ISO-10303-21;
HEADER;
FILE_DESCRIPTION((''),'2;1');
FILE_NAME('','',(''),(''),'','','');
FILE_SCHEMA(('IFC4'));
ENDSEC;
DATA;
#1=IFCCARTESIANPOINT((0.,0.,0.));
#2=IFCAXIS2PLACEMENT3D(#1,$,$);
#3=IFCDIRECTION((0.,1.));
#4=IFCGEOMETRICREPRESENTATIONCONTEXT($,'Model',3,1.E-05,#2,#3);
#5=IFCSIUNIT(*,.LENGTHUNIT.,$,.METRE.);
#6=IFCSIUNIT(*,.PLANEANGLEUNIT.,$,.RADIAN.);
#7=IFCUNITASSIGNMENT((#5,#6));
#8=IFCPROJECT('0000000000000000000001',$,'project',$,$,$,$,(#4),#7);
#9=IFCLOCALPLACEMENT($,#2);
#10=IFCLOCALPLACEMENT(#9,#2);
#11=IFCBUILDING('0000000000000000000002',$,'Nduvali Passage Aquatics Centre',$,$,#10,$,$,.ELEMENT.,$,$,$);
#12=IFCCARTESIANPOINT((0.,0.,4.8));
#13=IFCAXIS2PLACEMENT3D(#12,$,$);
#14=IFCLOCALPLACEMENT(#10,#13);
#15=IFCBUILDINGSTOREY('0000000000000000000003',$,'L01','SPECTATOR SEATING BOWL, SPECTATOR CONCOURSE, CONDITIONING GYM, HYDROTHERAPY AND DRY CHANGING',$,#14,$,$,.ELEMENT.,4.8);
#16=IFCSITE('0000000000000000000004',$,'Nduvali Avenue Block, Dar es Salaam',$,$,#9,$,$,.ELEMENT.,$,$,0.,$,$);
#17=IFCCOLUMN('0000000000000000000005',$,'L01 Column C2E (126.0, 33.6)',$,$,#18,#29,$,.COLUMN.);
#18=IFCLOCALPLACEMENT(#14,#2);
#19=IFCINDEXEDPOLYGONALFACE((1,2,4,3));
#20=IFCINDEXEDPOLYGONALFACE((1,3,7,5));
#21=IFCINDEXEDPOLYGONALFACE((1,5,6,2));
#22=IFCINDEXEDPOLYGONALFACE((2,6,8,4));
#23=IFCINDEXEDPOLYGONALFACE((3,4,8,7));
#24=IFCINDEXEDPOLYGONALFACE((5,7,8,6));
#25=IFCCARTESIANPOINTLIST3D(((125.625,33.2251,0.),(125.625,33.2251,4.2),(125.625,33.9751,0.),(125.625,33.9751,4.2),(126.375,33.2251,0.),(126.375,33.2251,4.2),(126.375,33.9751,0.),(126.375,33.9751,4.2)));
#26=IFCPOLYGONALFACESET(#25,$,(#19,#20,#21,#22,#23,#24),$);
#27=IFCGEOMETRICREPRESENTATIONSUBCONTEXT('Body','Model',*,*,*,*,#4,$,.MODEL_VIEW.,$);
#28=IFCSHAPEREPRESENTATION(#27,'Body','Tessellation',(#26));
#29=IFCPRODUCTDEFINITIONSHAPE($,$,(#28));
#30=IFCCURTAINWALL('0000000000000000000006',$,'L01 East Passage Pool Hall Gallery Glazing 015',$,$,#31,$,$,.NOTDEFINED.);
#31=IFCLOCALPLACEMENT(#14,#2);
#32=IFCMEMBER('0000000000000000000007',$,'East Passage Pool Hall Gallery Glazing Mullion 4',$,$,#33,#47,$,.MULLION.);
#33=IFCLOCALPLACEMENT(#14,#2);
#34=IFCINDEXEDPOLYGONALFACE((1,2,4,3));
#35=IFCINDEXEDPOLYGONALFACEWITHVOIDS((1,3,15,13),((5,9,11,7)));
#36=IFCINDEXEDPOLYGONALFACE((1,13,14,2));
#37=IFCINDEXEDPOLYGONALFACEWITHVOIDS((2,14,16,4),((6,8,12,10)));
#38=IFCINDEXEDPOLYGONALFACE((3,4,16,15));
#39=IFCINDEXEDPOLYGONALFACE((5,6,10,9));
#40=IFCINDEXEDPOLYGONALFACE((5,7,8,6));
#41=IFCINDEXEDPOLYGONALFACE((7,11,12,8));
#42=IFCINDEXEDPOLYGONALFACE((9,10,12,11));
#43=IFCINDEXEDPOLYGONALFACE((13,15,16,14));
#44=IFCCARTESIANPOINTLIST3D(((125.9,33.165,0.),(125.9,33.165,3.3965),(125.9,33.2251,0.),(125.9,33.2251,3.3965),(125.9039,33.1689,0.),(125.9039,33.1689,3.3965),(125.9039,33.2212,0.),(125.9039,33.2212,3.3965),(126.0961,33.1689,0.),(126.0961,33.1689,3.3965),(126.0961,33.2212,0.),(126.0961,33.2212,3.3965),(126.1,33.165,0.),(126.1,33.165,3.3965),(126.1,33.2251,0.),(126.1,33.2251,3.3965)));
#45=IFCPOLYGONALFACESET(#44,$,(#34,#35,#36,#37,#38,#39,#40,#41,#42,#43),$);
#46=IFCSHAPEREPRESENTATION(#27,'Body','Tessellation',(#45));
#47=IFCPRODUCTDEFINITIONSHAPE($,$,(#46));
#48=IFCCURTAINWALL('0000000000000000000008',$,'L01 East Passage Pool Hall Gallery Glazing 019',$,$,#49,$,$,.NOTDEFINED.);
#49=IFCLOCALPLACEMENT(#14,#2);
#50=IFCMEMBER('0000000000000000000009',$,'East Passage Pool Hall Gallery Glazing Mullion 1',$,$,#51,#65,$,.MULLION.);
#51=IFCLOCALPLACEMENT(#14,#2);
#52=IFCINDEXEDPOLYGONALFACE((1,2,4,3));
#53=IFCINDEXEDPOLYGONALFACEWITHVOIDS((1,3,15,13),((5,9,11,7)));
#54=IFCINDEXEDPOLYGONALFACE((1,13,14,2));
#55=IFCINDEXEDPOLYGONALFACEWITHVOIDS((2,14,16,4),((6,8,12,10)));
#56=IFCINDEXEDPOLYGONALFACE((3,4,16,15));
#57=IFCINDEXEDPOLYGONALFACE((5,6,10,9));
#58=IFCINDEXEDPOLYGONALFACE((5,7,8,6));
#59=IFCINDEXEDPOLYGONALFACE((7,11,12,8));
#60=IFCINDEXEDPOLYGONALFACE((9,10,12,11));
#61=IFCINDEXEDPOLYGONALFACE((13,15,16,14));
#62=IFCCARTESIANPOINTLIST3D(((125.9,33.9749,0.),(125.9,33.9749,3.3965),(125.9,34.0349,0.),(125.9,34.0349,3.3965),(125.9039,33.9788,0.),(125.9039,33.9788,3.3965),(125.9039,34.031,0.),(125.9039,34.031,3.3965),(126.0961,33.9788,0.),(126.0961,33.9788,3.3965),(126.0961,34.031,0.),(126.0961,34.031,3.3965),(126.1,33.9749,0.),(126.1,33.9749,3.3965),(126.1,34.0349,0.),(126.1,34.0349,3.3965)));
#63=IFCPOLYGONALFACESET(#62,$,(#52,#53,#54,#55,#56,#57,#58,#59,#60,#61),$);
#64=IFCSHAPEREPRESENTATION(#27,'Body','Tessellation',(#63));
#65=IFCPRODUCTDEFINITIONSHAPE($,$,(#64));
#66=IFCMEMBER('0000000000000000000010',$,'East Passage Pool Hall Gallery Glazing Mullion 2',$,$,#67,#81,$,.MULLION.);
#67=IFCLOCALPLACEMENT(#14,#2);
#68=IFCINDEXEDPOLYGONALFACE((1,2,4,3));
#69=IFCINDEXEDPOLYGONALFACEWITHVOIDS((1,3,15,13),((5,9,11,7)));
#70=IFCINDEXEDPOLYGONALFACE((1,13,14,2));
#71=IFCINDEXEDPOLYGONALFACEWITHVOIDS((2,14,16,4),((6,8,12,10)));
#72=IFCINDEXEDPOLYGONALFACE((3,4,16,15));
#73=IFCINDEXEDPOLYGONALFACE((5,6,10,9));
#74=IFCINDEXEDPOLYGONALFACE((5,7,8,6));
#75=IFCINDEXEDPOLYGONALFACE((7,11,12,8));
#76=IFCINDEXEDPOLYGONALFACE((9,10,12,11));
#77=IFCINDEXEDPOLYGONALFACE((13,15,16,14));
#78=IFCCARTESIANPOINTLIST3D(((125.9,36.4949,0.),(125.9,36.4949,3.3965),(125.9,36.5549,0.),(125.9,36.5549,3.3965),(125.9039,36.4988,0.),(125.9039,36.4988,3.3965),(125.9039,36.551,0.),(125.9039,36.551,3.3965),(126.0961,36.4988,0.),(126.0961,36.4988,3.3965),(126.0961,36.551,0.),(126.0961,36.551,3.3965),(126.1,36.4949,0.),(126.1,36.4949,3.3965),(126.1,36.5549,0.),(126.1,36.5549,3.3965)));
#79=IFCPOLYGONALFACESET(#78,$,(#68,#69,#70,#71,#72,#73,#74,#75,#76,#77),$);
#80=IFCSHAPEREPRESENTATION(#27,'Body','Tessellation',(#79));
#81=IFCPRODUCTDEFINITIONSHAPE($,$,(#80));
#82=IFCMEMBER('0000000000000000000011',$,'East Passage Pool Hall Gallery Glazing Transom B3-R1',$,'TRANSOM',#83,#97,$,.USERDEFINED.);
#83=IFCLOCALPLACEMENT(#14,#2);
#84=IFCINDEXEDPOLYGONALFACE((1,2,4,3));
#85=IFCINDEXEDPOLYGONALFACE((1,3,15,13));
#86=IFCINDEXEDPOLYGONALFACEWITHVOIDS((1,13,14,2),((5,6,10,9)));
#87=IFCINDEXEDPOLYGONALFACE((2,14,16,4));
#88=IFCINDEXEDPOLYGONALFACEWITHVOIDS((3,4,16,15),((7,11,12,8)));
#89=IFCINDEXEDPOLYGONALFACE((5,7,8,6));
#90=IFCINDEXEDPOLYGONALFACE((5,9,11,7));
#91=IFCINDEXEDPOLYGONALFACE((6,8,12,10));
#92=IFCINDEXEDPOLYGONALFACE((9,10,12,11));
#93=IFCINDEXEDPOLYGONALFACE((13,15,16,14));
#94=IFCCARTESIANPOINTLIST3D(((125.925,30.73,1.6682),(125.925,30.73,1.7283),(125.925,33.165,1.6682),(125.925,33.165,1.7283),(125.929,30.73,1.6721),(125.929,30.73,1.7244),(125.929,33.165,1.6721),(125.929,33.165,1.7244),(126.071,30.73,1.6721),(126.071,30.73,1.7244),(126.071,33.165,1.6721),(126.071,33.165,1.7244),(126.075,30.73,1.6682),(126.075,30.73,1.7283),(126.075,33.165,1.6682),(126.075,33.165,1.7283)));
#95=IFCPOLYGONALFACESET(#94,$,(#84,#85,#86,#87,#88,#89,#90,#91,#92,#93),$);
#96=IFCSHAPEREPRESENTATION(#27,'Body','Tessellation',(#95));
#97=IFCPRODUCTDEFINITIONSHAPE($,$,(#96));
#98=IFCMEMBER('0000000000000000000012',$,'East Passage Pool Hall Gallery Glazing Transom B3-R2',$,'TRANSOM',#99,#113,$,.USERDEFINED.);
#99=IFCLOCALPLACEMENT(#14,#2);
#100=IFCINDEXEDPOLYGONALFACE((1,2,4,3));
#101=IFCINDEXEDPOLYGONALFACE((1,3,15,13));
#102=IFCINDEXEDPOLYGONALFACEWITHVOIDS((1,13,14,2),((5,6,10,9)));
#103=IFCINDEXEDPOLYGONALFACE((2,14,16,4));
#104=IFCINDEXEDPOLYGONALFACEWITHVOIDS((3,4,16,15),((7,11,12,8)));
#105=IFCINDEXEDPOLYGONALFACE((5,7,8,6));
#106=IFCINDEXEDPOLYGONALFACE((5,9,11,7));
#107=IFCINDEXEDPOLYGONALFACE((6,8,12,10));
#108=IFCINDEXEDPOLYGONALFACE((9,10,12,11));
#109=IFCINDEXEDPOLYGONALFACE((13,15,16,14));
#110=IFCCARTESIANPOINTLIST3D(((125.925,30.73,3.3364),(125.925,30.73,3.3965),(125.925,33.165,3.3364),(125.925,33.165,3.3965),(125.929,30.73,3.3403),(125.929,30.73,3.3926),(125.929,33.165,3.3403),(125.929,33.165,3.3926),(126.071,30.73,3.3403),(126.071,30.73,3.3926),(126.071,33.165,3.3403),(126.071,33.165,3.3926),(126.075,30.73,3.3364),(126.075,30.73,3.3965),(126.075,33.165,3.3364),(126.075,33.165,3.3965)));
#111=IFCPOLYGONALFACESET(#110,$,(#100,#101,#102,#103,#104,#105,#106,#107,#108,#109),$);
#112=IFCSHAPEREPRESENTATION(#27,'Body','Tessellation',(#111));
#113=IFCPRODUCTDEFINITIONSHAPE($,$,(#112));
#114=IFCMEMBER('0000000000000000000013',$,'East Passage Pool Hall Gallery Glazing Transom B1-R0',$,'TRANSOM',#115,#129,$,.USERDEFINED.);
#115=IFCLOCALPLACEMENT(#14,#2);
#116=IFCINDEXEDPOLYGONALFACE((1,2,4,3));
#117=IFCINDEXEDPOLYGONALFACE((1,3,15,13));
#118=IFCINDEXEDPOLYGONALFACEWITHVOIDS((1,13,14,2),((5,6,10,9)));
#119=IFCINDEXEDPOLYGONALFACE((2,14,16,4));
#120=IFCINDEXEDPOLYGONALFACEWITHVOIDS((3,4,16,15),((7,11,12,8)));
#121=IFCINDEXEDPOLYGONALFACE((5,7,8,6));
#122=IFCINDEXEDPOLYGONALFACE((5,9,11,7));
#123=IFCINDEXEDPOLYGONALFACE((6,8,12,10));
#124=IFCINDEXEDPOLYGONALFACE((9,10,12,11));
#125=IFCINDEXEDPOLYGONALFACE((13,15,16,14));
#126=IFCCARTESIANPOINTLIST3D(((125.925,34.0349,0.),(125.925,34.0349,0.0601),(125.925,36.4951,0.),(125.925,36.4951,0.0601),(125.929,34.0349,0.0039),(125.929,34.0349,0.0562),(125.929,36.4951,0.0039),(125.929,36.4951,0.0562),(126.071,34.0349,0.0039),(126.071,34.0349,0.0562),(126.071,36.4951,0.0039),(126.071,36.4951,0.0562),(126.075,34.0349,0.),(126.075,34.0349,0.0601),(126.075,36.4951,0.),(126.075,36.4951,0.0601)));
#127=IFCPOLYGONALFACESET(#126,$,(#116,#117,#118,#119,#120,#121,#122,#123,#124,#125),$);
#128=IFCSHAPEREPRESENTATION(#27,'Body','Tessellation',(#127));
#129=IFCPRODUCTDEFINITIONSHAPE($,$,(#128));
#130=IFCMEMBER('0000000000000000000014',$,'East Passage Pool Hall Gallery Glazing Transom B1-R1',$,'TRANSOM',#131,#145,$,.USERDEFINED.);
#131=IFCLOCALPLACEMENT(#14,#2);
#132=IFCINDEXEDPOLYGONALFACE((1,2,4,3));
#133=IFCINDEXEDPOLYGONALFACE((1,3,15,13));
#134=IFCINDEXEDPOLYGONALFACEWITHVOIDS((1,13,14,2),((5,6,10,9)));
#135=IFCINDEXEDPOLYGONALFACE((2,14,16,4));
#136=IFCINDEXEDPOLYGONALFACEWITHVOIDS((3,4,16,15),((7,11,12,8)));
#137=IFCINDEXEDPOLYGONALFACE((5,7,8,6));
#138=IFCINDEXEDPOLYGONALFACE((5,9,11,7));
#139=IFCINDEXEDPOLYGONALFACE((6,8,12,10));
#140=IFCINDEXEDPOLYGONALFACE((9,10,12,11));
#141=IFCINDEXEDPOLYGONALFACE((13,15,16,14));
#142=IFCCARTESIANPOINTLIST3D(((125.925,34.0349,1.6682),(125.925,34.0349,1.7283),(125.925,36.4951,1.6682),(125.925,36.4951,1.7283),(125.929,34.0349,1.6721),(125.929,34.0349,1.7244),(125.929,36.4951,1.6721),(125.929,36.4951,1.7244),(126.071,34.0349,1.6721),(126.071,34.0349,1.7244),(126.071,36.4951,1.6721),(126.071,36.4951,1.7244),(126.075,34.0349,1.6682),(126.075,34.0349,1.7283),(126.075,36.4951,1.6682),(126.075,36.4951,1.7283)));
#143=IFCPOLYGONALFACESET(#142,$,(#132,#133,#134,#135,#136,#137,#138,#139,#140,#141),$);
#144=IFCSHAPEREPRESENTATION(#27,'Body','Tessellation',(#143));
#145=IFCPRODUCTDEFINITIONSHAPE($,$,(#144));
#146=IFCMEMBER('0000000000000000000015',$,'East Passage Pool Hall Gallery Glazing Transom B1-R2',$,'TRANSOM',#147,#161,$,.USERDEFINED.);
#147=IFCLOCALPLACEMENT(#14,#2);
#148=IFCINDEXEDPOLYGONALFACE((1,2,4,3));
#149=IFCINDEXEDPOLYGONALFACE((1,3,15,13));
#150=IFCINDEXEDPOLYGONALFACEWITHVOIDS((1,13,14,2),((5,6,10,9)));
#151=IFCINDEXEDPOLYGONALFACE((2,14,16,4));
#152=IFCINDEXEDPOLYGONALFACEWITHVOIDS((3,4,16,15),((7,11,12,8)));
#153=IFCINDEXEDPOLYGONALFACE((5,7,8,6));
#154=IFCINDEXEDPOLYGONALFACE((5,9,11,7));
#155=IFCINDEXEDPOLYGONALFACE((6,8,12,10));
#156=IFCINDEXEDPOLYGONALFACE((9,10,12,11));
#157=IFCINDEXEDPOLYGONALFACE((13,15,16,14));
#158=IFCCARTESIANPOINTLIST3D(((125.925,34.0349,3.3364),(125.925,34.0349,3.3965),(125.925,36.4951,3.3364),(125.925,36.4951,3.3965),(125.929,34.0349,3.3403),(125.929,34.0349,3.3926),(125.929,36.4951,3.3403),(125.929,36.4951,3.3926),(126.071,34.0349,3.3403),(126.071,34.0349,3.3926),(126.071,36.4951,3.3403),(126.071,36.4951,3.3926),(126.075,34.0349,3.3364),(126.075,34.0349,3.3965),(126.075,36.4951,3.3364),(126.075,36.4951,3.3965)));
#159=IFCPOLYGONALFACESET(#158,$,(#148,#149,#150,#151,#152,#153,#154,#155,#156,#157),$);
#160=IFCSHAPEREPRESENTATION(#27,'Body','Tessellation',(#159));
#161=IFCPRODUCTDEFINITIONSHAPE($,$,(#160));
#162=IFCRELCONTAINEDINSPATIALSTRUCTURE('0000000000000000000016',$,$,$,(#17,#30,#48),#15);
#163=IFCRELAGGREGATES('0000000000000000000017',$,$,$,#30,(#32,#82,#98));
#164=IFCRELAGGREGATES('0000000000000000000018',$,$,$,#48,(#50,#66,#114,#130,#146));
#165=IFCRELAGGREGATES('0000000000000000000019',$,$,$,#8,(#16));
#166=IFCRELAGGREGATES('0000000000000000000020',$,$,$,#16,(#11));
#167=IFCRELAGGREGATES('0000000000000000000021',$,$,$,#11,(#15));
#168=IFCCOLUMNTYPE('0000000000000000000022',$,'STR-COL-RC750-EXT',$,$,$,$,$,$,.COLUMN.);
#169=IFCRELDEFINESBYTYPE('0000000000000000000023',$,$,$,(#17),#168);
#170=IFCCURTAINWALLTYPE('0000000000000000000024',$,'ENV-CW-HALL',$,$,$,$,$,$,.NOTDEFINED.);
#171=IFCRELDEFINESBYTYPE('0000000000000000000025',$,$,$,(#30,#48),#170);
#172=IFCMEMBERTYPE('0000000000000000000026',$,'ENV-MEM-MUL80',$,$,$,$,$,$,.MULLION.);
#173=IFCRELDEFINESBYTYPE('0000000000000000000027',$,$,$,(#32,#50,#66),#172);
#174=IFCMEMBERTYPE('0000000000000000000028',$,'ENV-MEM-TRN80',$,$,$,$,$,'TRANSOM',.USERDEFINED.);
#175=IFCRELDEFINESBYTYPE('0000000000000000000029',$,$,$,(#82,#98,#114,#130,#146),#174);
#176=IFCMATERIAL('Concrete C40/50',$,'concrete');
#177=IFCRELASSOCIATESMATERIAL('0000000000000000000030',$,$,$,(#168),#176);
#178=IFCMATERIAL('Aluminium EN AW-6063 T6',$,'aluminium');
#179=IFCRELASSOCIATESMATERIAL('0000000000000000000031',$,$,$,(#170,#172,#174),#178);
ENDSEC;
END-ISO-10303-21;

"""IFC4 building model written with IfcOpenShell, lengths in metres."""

from ifc_helpers import new_model, si_unit, direction, frame, origin, origin_2d, place, context, subcontext, project, spatial, rectangle, hollow_rectangle, extrude, material, material_profile, profile_set, type_object, element, aggregate, save


model = new_model("IFC4")

# Units and contexts
model_context = context("Model", 3, precision=1e-05, world=origin(), true_north=direction((0.0, 1.0)))
body_context = subcontext(model_context, "Body", "Model", "MODEL_VIEW")
ifc_project = project(units=[si_unit("LENGTHUNIT", "METRE"), si_unit("PLANEANGLEUNIT", "RADIAN")], contexts=[model_context])

# Site, building, storey
site_placement = place(None, origin())
site = spatial("IfcSite", under=ifc_project, at=site_placement, Name="Nduvali Avenue Block, Dar es Salaam", CompositionType="ELEMENT", RefElevation=0.0)
building_placement = place(site_placement, origin())
building = spatial("IfcBuilding", under=site, at=building_placement, Name="Nduvali Passage Aquatics Centre", CompositionType="ELEMENT")
storey_placement = place(building_placement, frame((0.0, 0.0, 4.8)))
storey = spatial("IfcBuildingStorey", under=building, at=storey_placement, Name="L01", Description="SPECTATOR SEATING BOWL, SPECTATOR CONCOURSE, CONDITIONING GYM, HYDROTHERAPY AND DRY CHANGING", CompositionType="ELEMENT", Elevation=4.8)

# Column
ifc_material_1 = material(Name="Concrete C40/50", Category="concrete")
ifc_material_profile_1 = material_profile(ifc_material_1, rectangle(XDim=0.75, YDim=0.75, at=origin_2d()), Name="RC 750x750")
ifc_profile_set_1 = profile_set([ifc_material_profile_1], Name="Concrete C40/50")
column_type = type_object("IfcColumnType", Name="STR-COL-RC750-EXT", PredefinedType="COLUMN", material=ifc_profile_set_1)
column_placement = place(storey_placement, frame((126.0, 33.6001, 0.0), z_axis=(0.0, 0.0, 1.0), x_axis=(1.0, 0.0, 0.0)))
element("IfcColumn", 1, at=column_placement, inside=storey, type_object=column_type, Name="L01 Column C2E (126.0, 33.6)", PredefinedType="COLUMN", context=body_context, shape_type="SweptSolid", body=[
    extrude(rectangle(XDim=0.75, YDim=0.75, at=origin_2d()), origin(), (0.0, 0.0, 1.0), 4.2),
])

# Curtain wall, member
ifc_material_2 = material(Name="Aluminium EN AW-6063 T6", Category="aluminium")
curtain_wall_type = type_object("IfcCurtainWallType", Name="ENV-CW-HALL", PredefinedType="NOTDEFINED", material=ifc_material_2)
curtain_wall_1_placement = place(storey_placement, origin())
curtain_wall_1 = element("IfcCurtainWall", 2, at=curtain_wall_1_placement, inside=storey, type_object=curtain_wall_type, Name="L01 East Passage Pool Hall Gallery Glazing 015", PredefinedType="NOTDEFINED")
ifc_material_profile_2 = material_profile(ifc_material_2, hollow_rectangle(XDim=0.0601, YDim=0.2, WallThickness=0.0039, at=origin_2d()), Name="ALU MULLION 60x200x4")
ifc_profile_set_2 = profile_set([ifc_material_profile_2], Name="Aluminium EN AW-6063 T6")
member_type_1 = type_object("IfcMemberType", Name="ENV-MEM-MUL80", PredefinedType="MULLION", material=ifc_profile_set_2)
member_1_placement = place(storey_placement, frame((126.0, 33.1951, 0.0), z_axis=(0.0, 0.0, 1.0), x_axis=(0.0, 1.0, 0.0)))
member_1 = element("IfcMember", 3, at=member_1_placement, type_object=member_type_1, Name="East Passage Pool Hall Gallery Glazing Mullion 4", PredefinedType="MULLION", context=body_context, shape_type="SweptSolid", body=[
    extrude(hollow_rectangle(XDim=0.0601, YDim=0.2, WallThickness=0.0039, at=origin_2d()), origin(), (0.0, 0.0, 1.0), 3.3965),
])

# Curtain wall, members
curtain_wall_2_placement = place(storey_placement, origin())
curtain_wall_2 = element("IfcCurtainWall", 4, at=curtain_wall_2_placement, inside=storey, type_object=curtain_wall_type, Name="L01 East Passage Pool Hall Gallery Glazing 019", PredefinedType="NOTDEFINED")
member_2_placement = place(storey_placement, frame((126.0, 34.0049, 0.0), z_axis=(0.0, 0.0, 1.0), x_axis=(0.0, 1.0, 0.0)))
member_2 = element("IfcMember", 5, at=member_2_placement, type_object=member_type_1, Name="East Passage Pool Hall Gallery Glazing Mullion 1", PredefinedType="MULLION", context=body_context, shape_type="SweptSolid", body=[
    extrude(hollow_rectangle(XDim=0.0601, YDim=0.2, WallThickness=0.0039, at=origin_2d()), origin(), (0.0, 0.0, 1.0), 3.3965),
])
member_3_placement = place(storey_placement, frame((126.0, 36.5249, 0.0), z_axis=(0.0, 0.0, 1.0), x_axis=(0.0, 1.0, 0.0)))
member_3 = element("IfcMember", 6, at=member_3_placement, type_object=member_type_1, Name="East Passage Pool Hall Gallery Glazing Mullion 2", PredefinedType="MULLION", context=body_context, shape_type="SweptSolid", body=[
    extrude(hollow_rectangle(XDim=0.0601, YDim=0.2, WallThickness=0.0039, at=origin_2d()), origin(), (0.0, 0.0, 1.0), 3.3965),
])

# Members
ifc_material_profile_3 = material_profile(ifc_material_2, hollow_rectangle(XDim=0.1499, YDim=0.0601, WallThickness=0.0039, at=origin_2d()), Name="ALU TRANSOM 150x60x4")
ifc_profile_set_3 = profile_set([ifc_material_profile_3], Name="Aluminium EN AW-6063 T6")
member_type_2 = type_object("IfcMemberType", Name="ENV-MEM-TRN80", ElementType="TRANSOM", PredefinedType="USERDEFINED", material=ifc_profile_set_3)
member_4_placement = place(storey_placement, frame((126.0, 30.73, 1.6982), z_axis=(0.0, 1.0, 0.0), x_axis=(-1.0, 0.0, 0.0)))
member_4 = element("IfcMember", 7, at=member_4_placement, type_object=member_type_2, Name="East Passage Pool Hall Gallery Glazing Transom B3-R1", ObjectType="TRANSOM", PredefinedType="USERDEFINED", context=body_context, shape_type="SweptSolid", body=[
    extrude(hollow_rectangle(XDim=0.1499, YDim=0.0601, WallThickness=0.0039, at=origin_2d()), origin(), (0.0, 0.0, 1.0), 2.4351),
])
member_5_placement = place(storey_placement, frame((126.0, 30.73, 3.3665), z_axis=(0.0, 1.0, 0.0), x_axis=(-1.0, 0.0, 0.0)))
member_5 = element("IfcMember", 8, at=member_5_placement, type_object=member_type_2, Name="East Passage Pool Hall Gallery Glazing Transom B3-R2", ObjectType="TRANSOM", PredefinedType="USERDEFINED", context=body_context, shape_type="SweptSolid", body=[
    extrude(hollow_rectangle(XDim=0.1499, YDim=0.0601, WallThickness=0.0039, at=origin_2d()), origin(), (0.0, 0.0, 1.0), 2.4351),
])
member_6_placement = place(storey_placement, frame((126.0, 34.0349, 0.03), z_axis=(0.0, 1.0, 0.0), x_axis=(-1.0, 0.0, 0.0)))
member_6 = element("IfcMember", 9, at=member_6_placement, type_object=member_type_2, Name="East Passage Pool Hall Gallery Glazing Transom B1-R0", ObjectType="TRANSOM", PredefinedType="USERDEFINED", context=body_context, shape_type="SweptSolid", body=[
    extrude(hollow_rectangle(XDim=0.1499, YDim=0.0601, WallThickness=0.0039, at=origin_2d()), origin(), (0.0, 0.0, 1.0), 2.4602),
])
member_7_placement = place(storey_placement, frame((126.0, 34.0349, 1.6982), z_axis=(0.0, 1.0, 0.0), x_axis=(-1.0, 0.0, 0.0)))
member_7 = element("IfcMember", 10, at=member_7_placement, type_object=member_type_2, Name="East Passage Pool Hall Gallery Glazing Transom B1-R1", ObjectType="TRANSOM", PredefinedType="USERDEFINED", context=body_context, shape_type="SweptSolid", body=[
    extrude(hollow_rectangle(XDim=0.1499, YDim=0.0601, WallThickness=0.0039, at=origin_2d()), origin(), (0.0, 0.0, 1.0), 2.4602),
])
member_8_placement = place(storey_placement, frame((126.0, 34.0349, 3.3665), z_axis=(0.0, 1.0, 0.0), x_axis=(-1.0, 0.0, 0.0)))
member_8 = element("IfcMember", 11, at=member_8_placement, type_object=member_type_2, Name="East Passage Pool Hall Gallery Glazing Transom B1-R2", ObjectType="TRANSOM", PredefinedType="USERDEFINED", context=body_context, shape_type="SweptSolid", body=[
    extrude(hollow_rectangle(XDim=0.1499, YDim=0.0601, WallThickness=0.0039, at=origin_2d()), origin(), (0.0, 0.0, 1.0), 2.4602),
])

aggregate(curtain_wall_1, [member_1, member_4, member_5])
aggregate(curtain_wall_2, [member_2, member_3, member_6, member_7, member_8])

save(model, "model.ifc")
